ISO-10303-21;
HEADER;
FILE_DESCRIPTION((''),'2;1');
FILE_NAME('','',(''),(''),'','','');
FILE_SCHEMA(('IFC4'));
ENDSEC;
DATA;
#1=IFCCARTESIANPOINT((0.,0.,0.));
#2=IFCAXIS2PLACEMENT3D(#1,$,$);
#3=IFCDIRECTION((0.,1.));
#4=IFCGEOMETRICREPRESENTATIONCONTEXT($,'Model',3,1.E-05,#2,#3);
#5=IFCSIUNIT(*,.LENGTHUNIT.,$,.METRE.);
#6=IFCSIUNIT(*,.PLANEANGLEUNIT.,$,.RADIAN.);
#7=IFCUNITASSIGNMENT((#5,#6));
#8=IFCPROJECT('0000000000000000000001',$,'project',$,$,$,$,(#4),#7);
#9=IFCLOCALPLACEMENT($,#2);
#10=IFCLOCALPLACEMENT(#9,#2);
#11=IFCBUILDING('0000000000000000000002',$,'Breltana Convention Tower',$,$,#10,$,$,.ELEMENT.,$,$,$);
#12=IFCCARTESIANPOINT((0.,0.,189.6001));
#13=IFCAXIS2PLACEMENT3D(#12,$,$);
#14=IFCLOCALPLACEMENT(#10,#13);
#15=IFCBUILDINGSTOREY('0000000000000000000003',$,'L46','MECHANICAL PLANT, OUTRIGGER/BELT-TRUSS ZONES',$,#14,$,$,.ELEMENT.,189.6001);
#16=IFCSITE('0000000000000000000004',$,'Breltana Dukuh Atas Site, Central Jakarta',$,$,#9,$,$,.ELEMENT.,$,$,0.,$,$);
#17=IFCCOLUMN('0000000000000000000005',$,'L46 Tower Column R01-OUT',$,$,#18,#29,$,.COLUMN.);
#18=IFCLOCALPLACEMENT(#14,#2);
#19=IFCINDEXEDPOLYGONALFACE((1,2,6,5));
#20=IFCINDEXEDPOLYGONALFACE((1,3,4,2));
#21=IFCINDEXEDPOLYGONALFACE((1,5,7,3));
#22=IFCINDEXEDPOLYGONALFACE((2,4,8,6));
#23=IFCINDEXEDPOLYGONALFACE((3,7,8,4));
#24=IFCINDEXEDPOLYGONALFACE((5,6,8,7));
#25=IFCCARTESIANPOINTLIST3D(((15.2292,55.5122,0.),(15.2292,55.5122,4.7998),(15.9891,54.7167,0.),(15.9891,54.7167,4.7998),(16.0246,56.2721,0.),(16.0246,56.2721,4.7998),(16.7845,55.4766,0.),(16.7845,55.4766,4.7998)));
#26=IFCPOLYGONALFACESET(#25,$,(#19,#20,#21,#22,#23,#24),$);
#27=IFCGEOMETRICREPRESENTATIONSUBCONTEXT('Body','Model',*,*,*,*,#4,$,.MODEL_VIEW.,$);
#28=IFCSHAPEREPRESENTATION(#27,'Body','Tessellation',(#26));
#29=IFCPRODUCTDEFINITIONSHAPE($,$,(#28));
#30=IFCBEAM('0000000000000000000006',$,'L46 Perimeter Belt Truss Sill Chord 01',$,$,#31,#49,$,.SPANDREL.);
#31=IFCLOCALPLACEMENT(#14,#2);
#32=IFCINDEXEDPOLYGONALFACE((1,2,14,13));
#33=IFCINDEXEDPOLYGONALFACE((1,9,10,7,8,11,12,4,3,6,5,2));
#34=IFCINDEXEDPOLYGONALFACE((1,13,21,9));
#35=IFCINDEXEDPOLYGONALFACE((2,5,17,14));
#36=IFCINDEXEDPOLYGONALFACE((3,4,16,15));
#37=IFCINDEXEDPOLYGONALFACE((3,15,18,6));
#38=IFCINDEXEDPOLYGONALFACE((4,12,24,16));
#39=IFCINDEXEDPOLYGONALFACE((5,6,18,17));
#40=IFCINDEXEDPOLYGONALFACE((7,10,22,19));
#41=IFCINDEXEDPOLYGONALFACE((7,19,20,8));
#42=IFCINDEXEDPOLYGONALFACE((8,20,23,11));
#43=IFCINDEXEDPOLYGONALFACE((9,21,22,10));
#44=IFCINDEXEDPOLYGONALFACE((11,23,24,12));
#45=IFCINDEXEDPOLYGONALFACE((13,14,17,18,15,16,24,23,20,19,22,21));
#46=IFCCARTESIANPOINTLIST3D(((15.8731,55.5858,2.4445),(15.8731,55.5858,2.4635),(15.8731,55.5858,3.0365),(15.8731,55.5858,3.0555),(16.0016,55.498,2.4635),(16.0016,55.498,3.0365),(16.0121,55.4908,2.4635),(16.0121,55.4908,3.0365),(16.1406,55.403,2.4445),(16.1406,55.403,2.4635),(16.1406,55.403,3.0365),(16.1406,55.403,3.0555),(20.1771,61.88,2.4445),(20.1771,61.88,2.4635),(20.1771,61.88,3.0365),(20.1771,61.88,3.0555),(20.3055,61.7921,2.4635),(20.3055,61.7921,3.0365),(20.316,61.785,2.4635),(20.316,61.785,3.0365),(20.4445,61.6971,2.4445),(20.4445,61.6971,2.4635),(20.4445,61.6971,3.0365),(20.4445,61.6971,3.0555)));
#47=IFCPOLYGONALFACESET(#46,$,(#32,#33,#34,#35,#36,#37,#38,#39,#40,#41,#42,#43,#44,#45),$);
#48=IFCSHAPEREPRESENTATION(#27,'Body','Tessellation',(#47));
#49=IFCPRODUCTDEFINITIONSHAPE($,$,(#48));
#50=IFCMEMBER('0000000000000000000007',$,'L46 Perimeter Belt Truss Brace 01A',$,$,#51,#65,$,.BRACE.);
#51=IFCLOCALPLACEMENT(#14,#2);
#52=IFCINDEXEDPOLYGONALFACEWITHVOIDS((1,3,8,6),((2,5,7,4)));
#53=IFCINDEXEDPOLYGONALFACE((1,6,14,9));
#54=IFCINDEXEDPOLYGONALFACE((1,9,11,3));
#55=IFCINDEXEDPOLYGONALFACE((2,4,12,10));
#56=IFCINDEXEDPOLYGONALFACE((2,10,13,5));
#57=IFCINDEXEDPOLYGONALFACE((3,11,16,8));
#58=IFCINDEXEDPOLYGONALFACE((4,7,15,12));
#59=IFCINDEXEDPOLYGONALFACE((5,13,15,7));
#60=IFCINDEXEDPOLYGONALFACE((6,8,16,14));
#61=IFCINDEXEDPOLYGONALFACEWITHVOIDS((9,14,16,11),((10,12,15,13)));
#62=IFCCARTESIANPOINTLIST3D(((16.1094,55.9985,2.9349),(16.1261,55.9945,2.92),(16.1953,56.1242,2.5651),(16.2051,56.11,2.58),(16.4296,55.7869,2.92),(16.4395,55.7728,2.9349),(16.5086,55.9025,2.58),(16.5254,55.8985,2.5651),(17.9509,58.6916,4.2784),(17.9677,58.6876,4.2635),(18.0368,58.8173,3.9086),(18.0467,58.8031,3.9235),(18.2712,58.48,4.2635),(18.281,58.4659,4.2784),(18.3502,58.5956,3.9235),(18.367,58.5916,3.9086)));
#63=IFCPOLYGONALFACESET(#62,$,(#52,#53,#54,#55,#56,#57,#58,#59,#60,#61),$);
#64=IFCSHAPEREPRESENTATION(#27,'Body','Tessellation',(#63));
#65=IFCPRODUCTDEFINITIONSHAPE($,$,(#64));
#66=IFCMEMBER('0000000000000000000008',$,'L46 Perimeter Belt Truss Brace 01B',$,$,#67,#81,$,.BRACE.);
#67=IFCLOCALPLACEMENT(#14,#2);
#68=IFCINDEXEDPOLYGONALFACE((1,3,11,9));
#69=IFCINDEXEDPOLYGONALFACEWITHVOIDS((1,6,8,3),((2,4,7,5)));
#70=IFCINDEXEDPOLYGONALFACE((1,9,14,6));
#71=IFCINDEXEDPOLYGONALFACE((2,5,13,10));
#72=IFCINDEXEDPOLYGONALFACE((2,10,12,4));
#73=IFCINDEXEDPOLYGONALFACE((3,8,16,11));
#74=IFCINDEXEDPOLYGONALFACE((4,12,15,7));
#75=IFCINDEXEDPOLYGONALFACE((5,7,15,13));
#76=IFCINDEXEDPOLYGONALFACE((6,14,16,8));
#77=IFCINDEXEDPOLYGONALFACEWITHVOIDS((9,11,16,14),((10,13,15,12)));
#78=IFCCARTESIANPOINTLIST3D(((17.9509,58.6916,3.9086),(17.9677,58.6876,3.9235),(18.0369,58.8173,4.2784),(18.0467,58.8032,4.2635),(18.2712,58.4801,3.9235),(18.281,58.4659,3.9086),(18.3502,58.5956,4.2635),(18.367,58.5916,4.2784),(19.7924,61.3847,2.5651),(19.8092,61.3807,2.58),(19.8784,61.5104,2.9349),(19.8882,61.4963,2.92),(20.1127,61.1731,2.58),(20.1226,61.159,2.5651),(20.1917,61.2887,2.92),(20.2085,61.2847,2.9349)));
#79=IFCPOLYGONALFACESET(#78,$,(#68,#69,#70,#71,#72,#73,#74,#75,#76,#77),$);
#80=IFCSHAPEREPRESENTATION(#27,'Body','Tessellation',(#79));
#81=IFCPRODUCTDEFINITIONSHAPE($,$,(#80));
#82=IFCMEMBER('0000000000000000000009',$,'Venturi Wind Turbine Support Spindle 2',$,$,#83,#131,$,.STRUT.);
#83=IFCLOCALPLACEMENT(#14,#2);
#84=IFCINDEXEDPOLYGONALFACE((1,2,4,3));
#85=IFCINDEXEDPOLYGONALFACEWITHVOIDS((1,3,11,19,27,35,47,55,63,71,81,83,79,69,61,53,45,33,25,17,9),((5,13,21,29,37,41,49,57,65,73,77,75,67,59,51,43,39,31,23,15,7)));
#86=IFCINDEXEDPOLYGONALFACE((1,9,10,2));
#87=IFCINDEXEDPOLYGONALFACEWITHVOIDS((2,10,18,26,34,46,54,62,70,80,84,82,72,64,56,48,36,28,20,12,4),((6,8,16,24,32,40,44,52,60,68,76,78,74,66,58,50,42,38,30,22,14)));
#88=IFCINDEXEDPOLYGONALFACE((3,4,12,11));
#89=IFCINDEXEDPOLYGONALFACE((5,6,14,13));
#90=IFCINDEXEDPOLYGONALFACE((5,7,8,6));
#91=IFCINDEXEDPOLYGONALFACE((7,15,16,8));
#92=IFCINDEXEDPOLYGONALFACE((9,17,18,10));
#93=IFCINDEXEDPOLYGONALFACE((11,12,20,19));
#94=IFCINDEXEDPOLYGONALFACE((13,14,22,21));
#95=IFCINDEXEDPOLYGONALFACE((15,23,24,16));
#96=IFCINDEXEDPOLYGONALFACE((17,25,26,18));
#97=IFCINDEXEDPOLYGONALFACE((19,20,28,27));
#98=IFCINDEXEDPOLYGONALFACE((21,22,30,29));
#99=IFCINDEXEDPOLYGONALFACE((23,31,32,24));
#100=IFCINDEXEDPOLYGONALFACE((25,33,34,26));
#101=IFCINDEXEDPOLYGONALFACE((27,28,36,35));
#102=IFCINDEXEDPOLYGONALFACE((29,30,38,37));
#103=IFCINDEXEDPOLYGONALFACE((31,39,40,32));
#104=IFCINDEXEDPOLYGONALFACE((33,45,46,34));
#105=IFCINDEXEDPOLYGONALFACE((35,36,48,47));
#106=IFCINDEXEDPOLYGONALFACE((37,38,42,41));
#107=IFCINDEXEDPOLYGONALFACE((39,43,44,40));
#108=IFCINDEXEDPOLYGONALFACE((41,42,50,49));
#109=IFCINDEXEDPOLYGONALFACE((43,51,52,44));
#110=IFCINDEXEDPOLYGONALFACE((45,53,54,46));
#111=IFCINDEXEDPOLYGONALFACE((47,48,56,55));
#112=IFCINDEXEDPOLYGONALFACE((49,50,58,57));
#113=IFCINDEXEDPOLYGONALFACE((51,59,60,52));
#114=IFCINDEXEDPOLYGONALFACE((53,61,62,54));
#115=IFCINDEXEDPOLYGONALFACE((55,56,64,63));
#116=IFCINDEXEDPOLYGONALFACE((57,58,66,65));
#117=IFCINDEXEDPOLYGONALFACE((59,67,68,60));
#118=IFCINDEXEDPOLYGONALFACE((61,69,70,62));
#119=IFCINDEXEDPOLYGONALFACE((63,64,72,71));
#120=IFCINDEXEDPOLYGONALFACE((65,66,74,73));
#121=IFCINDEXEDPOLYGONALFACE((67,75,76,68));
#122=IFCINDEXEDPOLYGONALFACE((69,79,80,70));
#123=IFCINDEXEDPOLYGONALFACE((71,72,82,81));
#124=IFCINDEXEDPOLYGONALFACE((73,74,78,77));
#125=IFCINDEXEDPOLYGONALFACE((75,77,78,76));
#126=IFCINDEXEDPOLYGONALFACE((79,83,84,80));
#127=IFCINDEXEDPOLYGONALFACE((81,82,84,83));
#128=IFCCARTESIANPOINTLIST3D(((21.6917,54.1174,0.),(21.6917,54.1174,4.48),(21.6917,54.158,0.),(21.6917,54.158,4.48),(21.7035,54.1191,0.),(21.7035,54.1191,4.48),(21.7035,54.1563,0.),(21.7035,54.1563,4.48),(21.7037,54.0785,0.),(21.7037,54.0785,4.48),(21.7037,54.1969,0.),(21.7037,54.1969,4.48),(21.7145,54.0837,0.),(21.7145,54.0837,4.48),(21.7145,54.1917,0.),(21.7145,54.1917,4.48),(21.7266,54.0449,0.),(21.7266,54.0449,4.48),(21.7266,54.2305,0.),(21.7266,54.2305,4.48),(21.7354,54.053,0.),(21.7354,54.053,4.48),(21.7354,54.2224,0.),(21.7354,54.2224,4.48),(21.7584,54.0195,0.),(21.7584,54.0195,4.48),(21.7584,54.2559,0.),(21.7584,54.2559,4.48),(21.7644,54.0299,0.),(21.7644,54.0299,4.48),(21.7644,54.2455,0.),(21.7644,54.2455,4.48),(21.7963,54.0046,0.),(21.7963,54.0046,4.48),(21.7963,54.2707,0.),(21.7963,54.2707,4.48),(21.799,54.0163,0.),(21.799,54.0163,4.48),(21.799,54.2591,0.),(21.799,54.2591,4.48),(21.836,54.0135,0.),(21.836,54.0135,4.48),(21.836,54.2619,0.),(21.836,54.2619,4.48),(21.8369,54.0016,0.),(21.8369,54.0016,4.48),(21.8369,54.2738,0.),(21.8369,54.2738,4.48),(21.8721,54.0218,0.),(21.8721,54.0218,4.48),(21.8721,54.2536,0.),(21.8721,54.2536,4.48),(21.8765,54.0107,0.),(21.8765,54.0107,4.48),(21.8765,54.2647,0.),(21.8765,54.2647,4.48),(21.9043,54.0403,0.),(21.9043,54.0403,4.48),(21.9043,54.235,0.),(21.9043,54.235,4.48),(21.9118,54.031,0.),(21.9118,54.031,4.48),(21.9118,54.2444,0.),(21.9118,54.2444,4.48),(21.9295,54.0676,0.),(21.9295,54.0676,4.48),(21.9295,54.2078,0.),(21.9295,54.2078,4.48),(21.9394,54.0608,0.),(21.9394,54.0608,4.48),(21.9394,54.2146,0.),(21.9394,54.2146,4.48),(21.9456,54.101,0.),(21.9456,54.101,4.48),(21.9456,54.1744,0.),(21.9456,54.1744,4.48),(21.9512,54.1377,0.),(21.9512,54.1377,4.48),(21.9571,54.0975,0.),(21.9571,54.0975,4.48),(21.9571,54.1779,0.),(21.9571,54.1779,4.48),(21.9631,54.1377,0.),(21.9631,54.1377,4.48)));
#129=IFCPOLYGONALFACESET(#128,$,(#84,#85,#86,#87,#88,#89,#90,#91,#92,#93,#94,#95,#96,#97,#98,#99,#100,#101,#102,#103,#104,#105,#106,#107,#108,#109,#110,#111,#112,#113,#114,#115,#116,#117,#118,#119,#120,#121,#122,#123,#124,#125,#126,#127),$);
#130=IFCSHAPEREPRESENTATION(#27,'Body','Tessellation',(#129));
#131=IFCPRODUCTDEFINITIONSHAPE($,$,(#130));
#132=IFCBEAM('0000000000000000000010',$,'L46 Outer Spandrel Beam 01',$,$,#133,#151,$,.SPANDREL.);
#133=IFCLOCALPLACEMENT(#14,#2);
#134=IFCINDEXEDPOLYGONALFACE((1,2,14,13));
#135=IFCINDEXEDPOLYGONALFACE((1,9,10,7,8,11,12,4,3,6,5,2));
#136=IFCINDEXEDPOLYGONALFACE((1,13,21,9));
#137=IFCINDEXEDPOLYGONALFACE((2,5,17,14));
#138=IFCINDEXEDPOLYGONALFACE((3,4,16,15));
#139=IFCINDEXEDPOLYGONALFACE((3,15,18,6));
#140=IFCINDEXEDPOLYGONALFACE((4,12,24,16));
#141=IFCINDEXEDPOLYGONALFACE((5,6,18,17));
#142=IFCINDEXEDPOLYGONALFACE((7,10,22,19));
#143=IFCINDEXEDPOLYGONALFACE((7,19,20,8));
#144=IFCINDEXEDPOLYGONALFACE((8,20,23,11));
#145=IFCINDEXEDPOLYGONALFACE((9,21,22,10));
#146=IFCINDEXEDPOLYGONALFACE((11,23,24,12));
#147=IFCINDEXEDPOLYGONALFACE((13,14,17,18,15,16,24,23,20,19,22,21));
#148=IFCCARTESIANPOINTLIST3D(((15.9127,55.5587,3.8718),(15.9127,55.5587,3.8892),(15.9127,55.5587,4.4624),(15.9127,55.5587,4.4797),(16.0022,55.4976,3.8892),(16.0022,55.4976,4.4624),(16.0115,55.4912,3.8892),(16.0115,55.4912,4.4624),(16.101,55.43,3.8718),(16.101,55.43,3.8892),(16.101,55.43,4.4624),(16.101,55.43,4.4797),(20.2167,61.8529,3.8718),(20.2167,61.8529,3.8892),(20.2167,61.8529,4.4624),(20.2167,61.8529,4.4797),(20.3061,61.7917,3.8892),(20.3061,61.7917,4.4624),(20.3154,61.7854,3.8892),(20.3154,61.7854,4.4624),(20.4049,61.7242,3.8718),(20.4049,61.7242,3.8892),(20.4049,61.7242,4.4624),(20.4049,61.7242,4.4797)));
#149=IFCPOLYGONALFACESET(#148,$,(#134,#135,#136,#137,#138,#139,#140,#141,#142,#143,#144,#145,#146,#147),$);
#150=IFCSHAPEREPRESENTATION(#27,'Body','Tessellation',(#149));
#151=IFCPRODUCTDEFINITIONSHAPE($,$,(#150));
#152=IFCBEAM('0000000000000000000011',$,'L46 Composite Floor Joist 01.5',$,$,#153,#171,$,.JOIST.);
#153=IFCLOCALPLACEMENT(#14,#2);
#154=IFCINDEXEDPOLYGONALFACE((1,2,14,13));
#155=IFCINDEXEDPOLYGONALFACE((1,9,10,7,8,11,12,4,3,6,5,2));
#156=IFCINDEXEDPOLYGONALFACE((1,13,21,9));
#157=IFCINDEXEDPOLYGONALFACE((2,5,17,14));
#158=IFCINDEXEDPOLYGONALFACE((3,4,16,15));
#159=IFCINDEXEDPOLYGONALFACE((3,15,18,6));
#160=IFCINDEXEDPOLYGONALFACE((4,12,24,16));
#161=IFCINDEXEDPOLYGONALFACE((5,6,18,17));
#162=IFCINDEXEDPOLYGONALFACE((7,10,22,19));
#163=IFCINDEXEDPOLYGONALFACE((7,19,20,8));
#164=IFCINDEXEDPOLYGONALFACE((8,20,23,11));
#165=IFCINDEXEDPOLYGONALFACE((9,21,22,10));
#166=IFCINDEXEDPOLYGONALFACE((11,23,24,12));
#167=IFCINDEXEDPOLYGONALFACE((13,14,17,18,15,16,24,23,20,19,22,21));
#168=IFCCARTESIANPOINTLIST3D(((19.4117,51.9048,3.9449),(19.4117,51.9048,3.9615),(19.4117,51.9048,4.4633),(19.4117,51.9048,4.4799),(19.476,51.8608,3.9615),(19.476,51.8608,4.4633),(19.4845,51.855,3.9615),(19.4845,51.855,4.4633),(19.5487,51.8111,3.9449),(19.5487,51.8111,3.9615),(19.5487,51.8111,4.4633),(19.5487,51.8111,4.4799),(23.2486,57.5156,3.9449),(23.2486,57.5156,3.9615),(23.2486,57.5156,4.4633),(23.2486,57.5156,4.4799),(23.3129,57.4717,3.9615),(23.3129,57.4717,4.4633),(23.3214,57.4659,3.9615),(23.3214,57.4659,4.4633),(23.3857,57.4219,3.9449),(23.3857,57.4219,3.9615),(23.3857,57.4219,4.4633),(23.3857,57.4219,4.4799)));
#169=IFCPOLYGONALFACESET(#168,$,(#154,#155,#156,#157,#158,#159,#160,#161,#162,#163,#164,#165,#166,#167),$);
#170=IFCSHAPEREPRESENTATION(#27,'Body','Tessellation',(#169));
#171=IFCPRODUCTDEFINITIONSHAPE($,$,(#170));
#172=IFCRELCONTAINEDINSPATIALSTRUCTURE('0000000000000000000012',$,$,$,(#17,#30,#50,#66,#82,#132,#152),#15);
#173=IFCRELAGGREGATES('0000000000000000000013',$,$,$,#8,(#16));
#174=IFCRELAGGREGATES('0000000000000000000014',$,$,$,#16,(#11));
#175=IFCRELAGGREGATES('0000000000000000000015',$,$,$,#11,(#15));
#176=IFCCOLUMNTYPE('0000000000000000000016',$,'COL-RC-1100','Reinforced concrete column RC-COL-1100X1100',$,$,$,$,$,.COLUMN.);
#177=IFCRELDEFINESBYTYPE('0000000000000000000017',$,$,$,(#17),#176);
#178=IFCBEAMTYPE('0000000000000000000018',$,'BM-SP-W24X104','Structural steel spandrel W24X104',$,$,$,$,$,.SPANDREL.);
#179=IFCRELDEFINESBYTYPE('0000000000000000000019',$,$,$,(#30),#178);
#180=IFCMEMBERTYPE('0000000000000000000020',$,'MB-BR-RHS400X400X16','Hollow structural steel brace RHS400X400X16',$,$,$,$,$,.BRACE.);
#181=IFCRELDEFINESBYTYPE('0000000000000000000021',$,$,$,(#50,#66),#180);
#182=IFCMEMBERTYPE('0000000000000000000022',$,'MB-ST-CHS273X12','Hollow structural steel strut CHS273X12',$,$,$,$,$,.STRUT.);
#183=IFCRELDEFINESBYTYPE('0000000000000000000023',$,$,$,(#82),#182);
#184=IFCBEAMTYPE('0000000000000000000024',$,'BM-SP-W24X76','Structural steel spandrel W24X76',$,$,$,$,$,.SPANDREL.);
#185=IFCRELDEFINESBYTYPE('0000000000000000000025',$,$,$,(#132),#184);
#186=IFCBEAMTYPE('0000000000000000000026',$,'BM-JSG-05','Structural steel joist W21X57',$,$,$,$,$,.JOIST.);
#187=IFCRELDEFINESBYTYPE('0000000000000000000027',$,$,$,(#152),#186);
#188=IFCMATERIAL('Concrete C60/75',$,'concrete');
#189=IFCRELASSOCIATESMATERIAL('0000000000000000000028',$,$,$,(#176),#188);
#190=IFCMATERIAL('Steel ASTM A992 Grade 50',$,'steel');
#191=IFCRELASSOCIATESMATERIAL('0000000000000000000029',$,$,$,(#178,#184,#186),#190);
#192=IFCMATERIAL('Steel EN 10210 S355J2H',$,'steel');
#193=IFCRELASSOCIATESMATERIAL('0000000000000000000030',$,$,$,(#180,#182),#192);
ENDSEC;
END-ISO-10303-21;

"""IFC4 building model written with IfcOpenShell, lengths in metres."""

from ifc_helpers import new_model, si_unit, direction, frame, origin, origin_2d, place, context, subcontext, project, spatial, rectangle, hollow_rectangle, hollow_circle, i_section, extrude, source, transform, mapped, material, material_profile, profile_set, type_object, type_shapes, element, save


model = new_model("IFC4")

# Units and contexts
model_context = context("Model", 3, precision=1e-05, world=origin(), true_north=direction((0.0, 1.0)))
body_context = subcontext(model_context, "Body", "Model", "MODEL_VIEW")
ifc_project = project(units=[si_unit("LENGTHUNIT", "METRE"), si_unit("PLANEANGLEUNIT", "RADIAN")], contexts=[model_context])

# Site, building, storey
site_placement = place(None, origin())
site = spatial("IfcSite", under=ifc_project, at=site_placement, Name="Breltana Dukuh Atas Site, Central Jakarta", CompositionType="ELEMENT", RefElevation=0.0)
building_placement = place(site_placement, origin())
building = spatial("IfcBuilding", under=site, at=building_placement, Name="Breltana Convention Tower", CompositionType="ELEMENT")
storey_placement = place(building_placement, frame((0.0, 0.0, 189.6001)))
storey = spatial("IfcBuildingStorey", under=building, at=storey_placement, Name="L46", Description="MECHANICAL PLANT, OUTRIGGER/BELT-TRUSS ZONES", CompositionType="ELEMENT", Elevation=189.6001)

# Column
ifc_material_1 = material(Name="Concrete C60/75", Category="concrete")
ifc_material_profile_1 = material_profile(ifc_material_1, rectangle(XDim=1.1001, YDim=1.1001, at=origin_2d()), Name="RC-COL-1100X1100")
ifc_profile_set_1 = profile_set([ifc_material_profile_1], Name="Concrete C60/75")
column_type = type_object("IfcColumnType", Name="COL-RC-1100", Description="Reinforced concrete column RC-COL-1100X1100", PredefinedType="COLUMN", material=ifc_profile_set_1)
shared_shape_1 = source(origin(), body_context, "Body", "SweptSolid", [
    extrude(rectangle(XDim=1.1001, YDim=1.1001, at=origin_2d()), origin(), (0.0, 0.0, 1.0), 4.7998),
])
column_placement = place(storey_placement, frame((16.0068, 55.4944, 0.0), z_axis=(0.0, 0.0, 1.0), x_axis=(-0.690756, 0.723088, 0.0)))
element("IfcColumn", 1, at=column_placement, inside=storey, type_object=column_type, Name="L46 Tower Column R01-OUT", PredefinedType="COLUMN", context=body_context, shape_type="MappedRepresentation", body=[
    mapped(shared_shape_1, transform((0.0, 0.0, 0.0), scale=1.0)),
])

# Beam
ifc_material_2 = material(Name="Steel ASTM A992 Grade 50", Category="steel")
ifc_material_profile_2 = material_profile(ifc_material_2, i_section(OverallWidth=0.324, OverallDepth=0.6111, WebThickness=0.0127, FlangeThickness=0.019, at=origin_2d()), Name="W24X104")
ifc_profile_set_2 = profile_set([ifc_material_profile_2], Name="Steel ASTM A992 Grade 50")
beam_type_1 = type_object("IfcBeamType", Name="BM-SP-W24X104", Description="Structural steel spandrel W24X104", PredefinedType="SPANDREL", material=ifc_profile_set_2)
shared_shape_2 = source(origin(), body_context, "Body", "SweptSolid", [
    extrude(i_section(OverallWidth=0.324, OverallDepth=0.6111, WebThickness=0.0127, FlangeThickness=0.019, at=origin_2d()), origin(), (0.0, 0.0, 1.0), 7.625),
])
type_shapes(beam_type_1, [shared_shape_2])
beam_1_placement = place(storey_placement, frame((16.0068, 55.4944, 2.75), z_axis=(0.564452, 0.825466, 0.0), x_axis=(-0.825466, 0.564452, 0.0)))
element("IfcBeam", 2, at=beam_1_placement, inside=storey, type_object=beam_type_1, Name="L46 Perimeter Belt Truss Sill Chord 01", PredefinedType="SPANDREL", context=body_context, shape_type="MappedRepresentation", body=[
    mapped(shared_shape_2, transform((0.0, 0.0, 0.0), scale=1.0)),
])

# Members
ifc_material_3 = material(Name="Steel EN 10210 S355J2H", Category="steel")
ifc_material_profile_3 = material_profile(ifc_material_3, hollow_rectangle(XDim=0.3999, YDim=0.3999, WallThickness=0.0161, at=origin_2d()), Name="RHS400X400X16")
ifc_profile_set_3 = profile_set([ifc_material_profile_3], Name="Steel EN 10210 S355J2H")
member_type_1 = type_object("IfcMemberType", Name="MB-BR-RHS400X400X16", Description="Hollow structural steel brace RHS400X400X16", PredefinedType="BRACE", material=ifc_profile_set_3)
shared_shape_3 = source(origin(), body_context, "Body", "SweptSolid", [
    extrude(hollow_rectangle(XDim=0.3999, YDim=0.3999, WallThickness=0.0161, at=origin_2d()), origin(), (0.0, 0.0, 1.0), 3.5283),
])
for number, where, z_axis, x_axis, name in (
    (3, (16.3174, 55.9485, 2.75), (0.521932, 0.763281, 0.380775), (-0.825465, 0.564453, 0.0), "L46 Perimeter Belt Truss Brace 01A"),
    (4, (18.1589, 58.6416, 4.0935), (0.521932, 0.763281, -0.380775), (-0.825465, 0.564453, 0.0), "L46 Perimeter Belt Truss Brace 01B"),
):
    element("IfcMember", number, at=place(storey_placement, frame(where, z_axis=z_axis, x_axis=x_axis)), inside=storey, type_object=member_type_1, Name=name, PredefinedType="BRACE", context=body_context, shape_type="MappedRepresentation", body=[
        mapped(shared_shape_3, transform((0.0, 0.0, 0.0), scale=1.0)),
    ])
ifc_material_profile_4 = material_profile(ifc_material_3, hollow_circle(Radius=0.1365, WallThickness=0.012, at=origin_2d()), Name="CHS273X12")
ifc_profile_set_4 = profile_set([ifc_material_profile_4], Name="Steel EN 10210 S355J2H")
member_type_2 = type_object("IfcMemberType", Name="MB-ST-CHS273X12", Description="Hollow structural steel strut CHS273X12", PredefinedType="STRUT", material=ifc_profile_set_4)
shared_shape_4 = source(origin(), body_context, "Body", "SweptSolid", [
    extrude(hollow_circle(Radius=0.1365, WallThickness=0.012, at=origin_2d()), origin(), (0.0, 0.0, 1.0), 4.48),
])
type_shapes(member_type_2, [shared_shape_4])
member_placement = place(storey_placement, frame((21.8267, 54.1377, 0.0), z_axis=(0.0, 0.0, 1.0), x_axis=(1.0, 0.0, 0.0)))
element("IfcMember", 5, at=member_placement, inside=storey, type_object=member_type_2, Name="Venturi Wind Turbine Support Spindle 2", PredefinedType="STRUT", context=body_context, shape_type="MappedRepresentation", body=[
    mapped(shared_shape_4, transform((0.0, 0.0, 0.0), scale=1.0)),
])

# Beams
ifc_material_profile_5 = material_profile(ifc_material_2, i_section(OverallWidth=0.228, OverallDepth=0.6079, WebThickness=0.0112, FlangeThickness=0.0173, at=origin_2d()), Name="W24X76")
ifc_profile_set_5 = profile_set([ifc_material_profile_5], Name="Steel ASTM A992 Grade 50")
beam_type_2 = type_object("IfcBeamType", Name="BM-SP-W24X76", Description="Structural steel spandrel W24X76", PredefinedType="SPANDREL", material=ifc_profile_set_5)
shared_shape_5 = source(origin(), body_context, "Body", "SweptSolid", [
    extrude(i_section(OverallWidth=0.228, OverallDepth=0.6079, WebThickness=0.0112, FlangeThickness=0.0173, at=origin_2d()), origin(), (0.0, 0.0, 1.0), 7.625),
])
type_shapes(beam_type_2, [shared_shape_5])
beam_2_placement = place(storey_placement, frame((16.0068, 55.4944, 4.1758), z_axis=(0.564452, 0.825466, 0.0), x_axis=(-0.825466, 0.564452, 0.0)))
element("IfcBeam", 6, at=beam_2_placement, inside=storey, type_object=beam_type_2, Name="L46 Outer Spandrel Beam 01", PredefinedType="SPANDREL", context=body_context, shape_type="MappedRepresentation", body=[
    mapped(shared_shape_5, transform((0.0, 0.0, 0.0), scale=1.0)),
])
ifc_material_profile_6 = material_profile(ifc_material_2, i_section(OverallWidth=0.166, OverallDepth=0.5349, WebThickness=0.0103, FlangeThickness=0.0166, at=origin_2d()), Name="W21X57")
ifc_profile_set_6 = profile_set([ifc_material_profile_6], Name="Steel ASTM A992 Grade 50")
beam_type_3 = type_object("IfcBeamType", Name="BM-JSG-05", Description="Structural steel joist W21X57", PredefinedType="JOIST", material=ifc_profile_set_6)
shared_shape_6 = source(origin(), body_context, "Body", "SweptSolid", [
    extrude(i_section(OverallWidth=0.166, OverallDepth=0.5349, WebThickness=0.0103, FlangeThickness=0.0166, at=origin_2d()), origin(), (0.0, 0.0, 1.0), 6.7974),
])
beam_3_placement = place(storey_placement, frame((19.4802, 51.8579, 4.2124), z_axis=(0.564475, 0.82545, 0.0), x_axis=(-0.82545, 0.564475, 0.0)))
element("IfcBeam", 7, at=beam_3_placement, inside=storey, type_object=beam_type_3, Name="L46 Composite Floor Joist 01.5", PredefinedType="JOIST", context=body_context, shape_type="MappedRepresentation", body=[
    mapped(shared_shape_6, transform((0.0, 0.0, 0.0), scale=1.0)),
])

save(model, "model.ifc")
